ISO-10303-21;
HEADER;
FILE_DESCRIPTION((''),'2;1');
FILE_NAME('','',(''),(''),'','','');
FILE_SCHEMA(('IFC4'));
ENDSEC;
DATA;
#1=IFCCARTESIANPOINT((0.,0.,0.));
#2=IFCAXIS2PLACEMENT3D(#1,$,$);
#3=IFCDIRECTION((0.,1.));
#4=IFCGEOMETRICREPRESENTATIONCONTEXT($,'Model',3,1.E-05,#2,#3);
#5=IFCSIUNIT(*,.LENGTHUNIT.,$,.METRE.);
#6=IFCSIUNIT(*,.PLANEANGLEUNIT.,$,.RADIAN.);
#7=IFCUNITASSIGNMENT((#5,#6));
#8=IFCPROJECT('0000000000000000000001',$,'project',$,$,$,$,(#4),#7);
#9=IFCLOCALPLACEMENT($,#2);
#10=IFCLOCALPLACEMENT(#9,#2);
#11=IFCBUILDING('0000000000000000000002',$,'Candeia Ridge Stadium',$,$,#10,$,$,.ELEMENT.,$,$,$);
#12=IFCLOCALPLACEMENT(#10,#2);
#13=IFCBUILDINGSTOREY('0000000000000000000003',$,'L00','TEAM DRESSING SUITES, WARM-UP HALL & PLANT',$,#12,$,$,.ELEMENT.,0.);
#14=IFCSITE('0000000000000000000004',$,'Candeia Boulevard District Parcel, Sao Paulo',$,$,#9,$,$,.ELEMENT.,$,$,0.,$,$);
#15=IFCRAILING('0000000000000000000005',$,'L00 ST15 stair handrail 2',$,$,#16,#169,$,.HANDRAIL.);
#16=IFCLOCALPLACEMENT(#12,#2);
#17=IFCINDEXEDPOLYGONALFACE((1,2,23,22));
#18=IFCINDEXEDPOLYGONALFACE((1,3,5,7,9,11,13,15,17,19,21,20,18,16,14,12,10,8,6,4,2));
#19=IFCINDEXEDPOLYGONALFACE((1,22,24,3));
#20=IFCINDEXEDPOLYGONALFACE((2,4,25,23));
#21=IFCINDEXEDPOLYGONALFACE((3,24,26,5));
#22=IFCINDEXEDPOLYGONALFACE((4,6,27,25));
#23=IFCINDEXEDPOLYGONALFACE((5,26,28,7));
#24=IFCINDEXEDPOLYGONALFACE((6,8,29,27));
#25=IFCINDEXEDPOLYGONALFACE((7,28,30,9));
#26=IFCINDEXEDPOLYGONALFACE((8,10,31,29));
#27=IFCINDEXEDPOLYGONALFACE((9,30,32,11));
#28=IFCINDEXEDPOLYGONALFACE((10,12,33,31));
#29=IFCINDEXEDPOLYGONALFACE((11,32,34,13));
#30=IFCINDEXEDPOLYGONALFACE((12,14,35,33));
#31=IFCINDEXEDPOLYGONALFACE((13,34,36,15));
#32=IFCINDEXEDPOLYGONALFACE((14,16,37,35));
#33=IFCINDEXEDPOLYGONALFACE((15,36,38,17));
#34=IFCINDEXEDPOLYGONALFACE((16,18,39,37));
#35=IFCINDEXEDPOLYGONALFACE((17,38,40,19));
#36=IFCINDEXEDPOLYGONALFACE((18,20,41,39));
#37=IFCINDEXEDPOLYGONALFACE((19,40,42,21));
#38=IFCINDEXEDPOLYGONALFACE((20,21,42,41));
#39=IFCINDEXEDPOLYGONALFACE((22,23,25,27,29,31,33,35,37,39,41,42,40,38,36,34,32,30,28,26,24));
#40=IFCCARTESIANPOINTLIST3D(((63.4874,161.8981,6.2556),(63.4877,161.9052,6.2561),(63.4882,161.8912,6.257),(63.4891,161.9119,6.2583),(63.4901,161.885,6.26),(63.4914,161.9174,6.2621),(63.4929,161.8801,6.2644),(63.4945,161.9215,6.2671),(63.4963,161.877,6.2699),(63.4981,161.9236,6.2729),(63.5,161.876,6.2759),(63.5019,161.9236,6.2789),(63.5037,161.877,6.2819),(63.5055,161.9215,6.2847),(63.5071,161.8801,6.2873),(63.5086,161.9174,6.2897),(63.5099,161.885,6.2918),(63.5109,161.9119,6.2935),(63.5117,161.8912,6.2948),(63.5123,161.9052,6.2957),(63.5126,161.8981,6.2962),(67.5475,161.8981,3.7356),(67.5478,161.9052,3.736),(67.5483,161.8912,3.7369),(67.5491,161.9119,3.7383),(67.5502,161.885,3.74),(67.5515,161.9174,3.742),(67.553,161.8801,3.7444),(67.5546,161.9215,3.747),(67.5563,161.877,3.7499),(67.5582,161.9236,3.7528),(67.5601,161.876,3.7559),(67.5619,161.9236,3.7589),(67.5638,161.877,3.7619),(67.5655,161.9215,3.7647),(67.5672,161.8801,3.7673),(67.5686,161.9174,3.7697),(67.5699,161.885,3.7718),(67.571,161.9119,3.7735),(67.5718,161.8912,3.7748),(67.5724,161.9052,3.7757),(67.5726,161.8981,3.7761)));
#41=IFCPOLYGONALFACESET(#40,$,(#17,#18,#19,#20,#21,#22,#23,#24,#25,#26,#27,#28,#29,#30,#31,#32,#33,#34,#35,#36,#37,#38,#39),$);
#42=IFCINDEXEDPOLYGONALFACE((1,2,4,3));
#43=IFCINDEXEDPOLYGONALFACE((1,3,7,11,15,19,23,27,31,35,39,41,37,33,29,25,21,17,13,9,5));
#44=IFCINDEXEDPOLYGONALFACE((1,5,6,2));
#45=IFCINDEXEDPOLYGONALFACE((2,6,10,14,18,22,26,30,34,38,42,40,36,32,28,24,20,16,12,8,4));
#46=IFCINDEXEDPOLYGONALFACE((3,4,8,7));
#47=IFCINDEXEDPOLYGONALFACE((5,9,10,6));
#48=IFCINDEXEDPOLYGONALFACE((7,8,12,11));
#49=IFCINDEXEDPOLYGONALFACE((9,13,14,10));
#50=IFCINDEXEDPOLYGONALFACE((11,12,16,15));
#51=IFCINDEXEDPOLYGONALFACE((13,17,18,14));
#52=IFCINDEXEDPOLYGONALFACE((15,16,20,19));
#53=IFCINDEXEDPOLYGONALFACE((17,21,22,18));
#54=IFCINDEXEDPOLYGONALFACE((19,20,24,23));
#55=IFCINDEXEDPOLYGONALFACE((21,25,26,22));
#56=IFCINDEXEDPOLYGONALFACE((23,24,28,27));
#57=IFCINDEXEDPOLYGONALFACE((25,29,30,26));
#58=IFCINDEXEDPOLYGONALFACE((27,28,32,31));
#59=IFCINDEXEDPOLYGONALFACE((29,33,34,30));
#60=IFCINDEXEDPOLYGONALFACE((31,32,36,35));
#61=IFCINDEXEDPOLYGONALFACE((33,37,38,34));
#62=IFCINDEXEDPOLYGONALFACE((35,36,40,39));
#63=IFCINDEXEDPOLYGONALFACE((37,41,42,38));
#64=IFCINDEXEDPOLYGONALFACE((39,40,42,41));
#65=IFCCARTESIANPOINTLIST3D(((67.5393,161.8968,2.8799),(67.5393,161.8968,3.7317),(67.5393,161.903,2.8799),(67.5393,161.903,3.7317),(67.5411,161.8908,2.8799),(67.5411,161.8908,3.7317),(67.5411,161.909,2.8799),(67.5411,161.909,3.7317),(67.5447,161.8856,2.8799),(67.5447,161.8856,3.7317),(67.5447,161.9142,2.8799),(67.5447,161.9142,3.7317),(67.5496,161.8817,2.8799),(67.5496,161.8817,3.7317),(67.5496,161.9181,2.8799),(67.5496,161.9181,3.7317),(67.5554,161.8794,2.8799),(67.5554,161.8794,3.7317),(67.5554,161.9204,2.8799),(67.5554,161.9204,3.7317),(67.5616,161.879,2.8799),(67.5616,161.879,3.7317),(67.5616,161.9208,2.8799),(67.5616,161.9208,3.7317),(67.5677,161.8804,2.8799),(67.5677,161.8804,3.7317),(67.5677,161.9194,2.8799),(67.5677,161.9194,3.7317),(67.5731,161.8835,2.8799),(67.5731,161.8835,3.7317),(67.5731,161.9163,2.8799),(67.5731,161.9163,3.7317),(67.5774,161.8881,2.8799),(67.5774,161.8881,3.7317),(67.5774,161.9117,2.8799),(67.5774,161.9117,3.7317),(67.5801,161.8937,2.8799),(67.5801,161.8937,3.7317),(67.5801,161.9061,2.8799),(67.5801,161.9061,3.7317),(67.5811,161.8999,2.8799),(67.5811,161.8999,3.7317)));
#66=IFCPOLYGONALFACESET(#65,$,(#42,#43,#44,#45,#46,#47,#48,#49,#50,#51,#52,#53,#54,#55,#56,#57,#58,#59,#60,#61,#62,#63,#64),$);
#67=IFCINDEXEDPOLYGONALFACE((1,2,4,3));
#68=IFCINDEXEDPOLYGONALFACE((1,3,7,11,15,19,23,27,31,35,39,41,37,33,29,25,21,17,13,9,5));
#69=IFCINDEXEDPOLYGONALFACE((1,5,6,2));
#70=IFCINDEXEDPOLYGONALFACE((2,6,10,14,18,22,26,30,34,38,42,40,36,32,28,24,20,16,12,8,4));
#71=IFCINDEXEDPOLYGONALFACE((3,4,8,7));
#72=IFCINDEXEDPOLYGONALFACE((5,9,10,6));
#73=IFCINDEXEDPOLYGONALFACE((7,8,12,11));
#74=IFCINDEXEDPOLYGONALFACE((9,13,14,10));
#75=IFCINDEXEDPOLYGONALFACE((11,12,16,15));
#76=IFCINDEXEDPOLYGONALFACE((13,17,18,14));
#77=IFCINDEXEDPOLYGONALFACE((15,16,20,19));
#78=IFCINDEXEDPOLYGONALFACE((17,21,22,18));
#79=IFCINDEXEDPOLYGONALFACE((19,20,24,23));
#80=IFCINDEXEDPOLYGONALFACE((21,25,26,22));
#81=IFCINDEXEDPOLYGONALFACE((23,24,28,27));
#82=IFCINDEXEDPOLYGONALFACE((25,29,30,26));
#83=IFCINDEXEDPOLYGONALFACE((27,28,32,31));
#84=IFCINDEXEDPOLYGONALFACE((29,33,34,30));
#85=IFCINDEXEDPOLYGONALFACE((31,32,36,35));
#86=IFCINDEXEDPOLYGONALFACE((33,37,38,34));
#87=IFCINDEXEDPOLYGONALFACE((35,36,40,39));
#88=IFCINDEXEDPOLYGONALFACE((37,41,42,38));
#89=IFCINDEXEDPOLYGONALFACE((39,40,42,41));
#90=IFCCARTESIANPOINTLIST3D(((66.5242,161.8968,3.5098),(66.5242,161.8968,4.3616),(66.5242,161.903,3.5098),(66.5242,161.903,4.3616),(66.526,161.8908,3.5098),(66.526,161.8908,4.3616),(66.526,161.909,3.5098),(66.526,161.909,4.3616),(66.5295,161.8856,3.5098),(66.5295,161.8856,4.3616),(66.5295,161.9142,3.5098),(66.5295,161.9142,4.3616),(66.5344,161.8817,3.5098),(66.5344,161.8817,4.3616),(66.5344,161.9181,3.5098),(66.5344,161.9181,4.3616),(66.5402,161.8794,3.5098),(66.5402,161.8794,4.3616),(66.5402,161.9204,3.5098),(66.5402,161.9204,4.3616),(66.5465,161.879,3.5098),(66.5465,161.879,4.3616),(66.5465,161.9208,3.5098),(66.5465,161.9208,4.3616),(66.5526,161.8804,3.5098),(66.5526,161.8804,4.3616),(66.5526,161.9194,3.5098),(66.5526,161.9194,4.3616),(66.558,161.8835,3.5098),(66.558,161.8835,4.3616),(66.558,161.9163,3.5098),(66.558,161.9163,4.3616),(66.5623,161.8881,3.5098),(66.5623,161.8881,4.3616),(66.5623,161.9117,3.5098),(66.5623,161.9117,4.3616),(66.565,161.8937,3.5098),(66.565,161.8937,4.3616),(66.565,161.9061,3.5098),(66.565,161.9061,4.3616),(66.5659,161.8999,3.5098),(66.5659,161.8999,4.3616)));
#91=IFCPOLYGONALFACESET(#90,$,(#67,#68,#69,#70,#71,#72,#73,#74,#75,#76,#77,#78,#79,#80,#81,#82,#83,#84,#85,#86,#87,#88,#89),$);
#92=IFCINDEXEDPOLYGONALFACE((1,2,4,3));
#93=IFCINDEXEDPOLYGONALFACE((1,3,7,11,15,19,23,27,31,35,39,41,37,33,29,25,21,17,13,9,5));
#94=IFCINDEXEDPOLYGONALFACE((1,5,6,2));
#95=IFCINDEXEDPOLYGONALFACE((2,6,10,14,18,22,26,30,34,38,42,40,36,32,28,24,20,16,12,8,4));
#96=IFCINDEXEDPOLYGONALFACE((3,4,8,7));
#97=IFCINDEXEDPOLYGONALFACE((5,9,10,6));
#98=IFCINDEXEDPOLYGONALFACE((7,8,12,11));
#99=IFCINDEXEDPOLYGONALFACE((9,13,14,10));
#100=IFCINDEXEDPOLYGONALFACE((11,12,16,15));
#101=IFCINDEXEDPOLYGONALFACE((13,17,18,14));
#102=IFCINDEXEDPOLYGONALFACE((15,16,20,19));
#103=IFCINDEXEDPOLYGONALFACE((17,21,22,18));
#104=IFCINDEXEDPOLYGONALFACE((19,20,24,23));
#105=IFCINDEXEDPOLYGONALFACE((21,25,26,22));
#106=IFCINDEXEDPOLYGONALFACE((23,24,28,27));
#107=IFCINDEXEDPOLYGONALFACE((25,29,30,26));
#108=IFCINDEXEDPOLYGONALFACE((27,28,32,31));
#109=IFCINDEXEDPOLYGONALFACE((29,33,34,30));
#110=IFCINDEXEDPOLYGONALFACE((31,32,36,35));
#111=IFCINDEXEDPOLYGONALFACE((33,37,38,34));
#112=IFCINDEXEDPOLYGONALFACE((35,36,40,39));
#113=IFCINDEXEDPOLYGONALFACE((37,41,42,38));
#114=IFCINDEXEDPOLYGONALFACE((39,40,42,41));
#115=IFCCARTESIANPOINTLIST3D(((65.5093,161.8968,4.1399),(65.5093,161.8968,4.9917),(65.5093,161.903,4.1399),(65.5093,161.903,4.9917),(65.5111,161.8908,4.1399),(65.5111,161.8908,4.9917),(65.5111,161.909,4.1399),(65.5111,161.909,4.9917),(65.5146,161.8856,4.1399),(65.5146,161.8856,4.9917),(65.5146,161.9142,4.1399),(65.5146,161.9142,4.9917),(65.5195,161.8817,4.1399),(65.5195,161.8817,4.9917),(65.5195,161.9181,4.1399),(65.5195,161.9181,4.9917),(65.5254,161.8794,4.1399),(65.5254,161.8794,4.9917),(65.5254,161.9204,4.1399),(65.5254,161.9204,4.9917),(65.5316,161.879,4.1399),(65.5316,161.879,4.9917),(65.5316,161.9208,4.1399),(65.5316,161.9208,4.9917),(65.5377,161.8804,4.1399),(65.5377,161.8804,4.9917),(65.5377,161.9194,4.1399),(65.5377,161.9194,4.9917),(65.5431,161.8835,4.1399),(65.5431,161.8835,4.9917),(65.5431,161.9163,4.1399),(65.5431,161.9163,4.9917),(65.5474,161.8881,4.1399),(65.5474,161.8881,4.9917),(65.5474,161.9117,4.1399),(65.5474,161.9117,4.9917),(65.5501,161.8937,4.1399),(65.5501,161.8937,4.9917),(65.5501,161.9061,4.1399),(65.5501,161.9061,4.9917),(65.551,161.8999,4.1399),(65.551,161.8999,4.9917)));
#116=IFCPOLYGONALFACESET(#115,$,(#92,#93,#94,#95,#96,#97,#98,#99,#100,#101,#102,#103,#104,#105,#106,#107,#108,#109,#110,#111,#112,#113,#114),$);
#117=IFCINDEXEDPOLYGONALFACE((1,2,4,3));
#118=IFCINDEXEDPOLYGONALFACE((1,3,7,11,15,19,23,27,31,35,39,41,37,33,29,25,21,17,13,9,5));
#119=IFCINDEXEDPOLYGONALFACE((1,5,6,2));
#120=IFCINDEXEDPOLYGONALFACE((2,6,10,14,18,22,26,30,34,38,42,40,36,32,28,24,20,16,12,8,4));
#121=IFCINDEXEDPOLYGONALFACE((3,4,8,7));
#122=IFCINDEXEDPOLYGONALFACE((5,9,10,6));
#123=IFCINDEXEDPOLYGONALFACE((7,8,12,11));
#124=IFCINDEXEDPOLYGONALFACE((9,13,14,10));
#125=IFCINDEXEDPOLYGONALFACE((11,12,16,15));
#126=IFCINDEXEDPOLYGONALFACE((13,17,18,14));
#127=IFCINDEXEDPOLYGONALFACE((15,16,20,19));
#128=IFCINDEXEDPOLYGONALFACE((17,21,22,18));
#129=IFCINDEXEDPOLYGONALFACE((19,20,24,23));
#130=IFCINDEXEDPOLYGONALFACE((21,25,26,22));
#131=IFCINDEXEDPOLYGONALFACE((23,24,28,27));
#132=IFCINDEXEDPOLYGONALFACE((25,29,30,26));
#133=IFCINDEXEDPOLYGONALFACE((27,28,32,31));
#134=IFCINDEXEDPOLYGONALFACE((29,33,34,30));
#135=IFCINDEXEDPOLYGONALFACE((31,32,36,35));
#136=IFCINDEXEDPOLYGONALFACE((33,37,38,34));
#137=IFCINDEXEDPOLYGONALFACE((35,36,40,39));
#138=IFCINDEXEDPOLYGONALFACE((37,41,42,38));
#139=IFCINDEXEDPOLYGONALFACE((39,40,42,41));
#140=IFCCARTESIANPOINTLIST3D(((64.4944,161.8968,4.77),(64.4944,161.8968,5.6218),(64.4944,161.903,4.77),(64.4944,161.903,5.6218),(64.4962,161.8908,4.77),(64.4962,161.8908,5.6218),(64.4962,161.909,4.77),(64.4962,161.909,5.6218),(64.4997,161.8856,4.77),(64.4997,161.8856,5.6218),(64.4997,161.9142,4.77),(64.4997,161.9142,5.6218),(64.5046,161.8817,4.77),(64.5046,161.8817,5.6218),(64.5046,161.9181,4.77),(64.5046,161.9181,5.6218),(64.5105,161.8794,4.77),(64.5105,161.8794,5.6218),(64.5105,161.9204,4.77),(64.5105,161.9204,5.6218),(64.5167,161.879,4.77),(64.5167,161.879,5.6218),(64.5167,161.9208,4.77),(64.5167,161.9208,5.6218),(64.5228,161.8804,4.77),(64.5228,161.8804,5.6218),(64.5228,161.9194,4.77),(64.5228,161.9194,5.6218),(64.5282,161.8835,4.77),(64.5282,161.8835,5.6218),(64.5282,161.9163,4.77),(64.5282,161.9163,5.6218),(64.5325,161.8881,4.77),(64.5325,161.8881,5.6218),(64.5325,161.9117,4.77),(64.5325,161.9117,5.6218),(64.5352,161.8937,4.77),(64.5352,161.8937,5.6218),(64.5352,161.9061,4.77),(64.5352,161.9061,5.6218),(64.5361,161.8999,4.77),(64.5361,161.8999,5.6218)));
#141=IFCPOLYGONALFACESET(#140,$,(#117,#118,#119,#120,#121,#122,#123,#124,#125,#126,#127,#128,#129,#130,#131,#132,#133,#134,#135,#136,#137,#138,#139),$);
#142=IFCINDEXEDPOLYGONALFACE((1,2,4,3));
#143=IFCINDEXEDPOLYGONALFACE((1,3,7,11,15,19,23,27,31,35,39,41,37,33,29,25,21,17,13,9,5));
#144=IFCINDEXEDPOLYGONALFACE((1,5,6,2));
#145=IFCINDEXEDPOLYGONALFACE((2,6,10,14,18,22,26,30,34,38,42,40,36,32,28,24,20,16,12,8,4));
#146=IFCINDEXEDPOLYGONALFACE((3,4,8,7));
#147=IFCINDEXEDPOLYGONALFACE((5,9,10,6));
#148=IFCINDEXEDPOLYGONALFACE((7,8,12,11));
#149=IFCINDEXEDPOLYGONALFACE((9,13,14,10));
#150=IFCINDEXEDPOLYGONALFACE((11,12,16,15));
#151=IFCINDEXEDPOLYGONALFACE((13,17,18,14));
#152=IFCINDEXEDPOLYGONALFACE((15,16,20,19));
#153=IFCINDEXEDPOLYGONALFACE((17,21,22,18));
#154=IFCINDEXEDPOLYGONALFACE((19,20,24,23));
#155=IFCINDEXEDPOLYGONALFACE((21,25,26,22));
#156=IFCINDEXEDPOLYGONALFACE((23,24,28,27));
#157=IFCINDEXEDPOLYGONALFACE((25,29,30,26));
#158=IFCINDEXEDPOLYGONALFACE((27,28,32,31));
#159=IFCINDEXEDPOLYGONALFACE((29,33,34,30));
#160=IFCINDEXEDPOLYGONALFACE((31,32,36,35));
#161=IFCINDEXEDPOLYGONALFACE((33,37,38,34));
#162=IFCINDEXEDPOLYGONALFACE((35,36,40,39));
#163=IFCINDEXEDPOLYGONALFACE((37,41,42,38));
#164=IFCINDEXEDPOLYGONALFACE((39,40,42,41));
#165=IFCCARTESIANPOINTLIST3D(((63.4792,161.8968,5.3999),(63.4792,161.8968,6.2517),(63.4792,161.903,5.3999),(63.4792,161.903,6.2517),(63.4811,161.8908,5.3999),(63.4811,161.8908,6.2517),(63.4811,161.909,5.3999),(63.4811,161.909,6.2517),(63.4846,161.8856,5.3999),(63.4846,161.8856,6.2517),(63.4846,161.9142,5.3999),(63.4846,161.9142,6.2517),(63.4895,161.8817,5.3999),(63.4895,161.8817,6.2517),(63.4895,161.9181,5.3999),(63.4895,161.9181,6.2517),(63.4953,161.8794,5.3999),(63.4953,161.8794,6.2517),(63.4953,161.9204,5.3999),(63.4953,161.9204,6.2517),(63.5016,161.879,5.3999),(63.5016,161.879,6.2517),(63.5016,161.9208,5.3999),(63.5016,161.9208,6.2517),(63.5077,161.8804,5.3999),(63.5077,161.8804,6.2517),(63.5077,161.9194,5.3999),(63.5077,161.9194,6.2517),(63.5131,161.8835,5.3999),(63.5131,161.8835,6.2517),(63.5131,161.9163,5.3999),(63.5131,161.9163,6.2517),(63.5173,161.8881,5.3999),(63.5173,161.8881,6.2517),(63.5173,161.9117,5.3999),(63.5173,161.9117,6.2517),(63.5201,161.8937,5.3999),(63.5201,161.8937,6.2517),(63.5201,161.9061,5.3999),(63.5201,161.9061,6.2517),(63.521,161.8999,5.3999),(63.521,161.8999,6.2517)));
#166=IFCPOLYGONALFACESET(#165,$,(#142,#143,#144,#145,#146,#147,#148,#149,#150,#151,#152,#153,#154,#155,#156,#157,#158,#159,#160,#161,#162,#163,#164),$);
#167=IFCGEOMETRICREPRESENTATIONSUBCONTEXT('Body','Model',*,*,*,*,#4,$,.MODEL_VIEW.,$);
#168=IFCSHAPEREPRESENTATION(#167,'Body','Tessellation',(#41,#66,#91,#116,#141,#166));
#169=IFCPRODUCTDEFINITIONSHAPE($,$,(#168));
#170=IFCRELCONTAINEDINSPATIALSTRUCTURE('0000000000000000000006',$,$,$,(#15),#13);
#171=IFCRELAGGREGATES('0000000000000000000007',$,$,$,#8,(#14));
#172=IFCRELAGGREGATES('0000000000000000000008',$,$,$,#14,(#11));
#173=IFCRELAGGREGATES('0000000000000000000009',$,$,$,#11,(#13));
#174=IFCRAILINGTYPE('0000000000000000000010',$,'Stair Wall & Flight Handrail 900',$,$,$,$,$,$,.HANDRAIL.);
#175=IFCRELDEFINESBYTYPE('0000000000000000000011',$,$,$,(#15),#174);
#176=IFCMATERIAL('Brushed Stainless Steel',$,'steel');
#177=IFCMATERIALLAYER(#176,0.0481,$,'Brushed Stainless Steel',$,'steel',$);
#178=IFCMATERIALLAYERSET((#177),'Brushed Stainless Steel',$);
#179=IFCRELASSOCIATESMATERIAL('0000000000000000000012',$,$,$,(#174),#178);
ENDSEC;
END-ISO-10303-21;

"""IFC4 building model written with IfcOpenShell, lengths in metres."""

from ifc_helpers import new_model, si_unit, direction, frame, origin, origin_2d, place, context, subcontext, project, spatial, circle, extrude, material, layer, layer_set, type_object, element, save


model = new_model("IFC4")

# Units and contexts
model_context = context("Model", 3, precision=1e-05, world=origin(), true_north=direction((0.0, 1.0)))
body_context = subcontext(model_context, "Body", "Model", "MODEL_VIEW")
ifc_project = project(units=[si_unit("LENGTHUNIT", "METRE"), si_unit("PLANEANGLEUNIT", "RADIAN")], contexts=[model_context])

# Site, building, storey
site_placement = place(None, origin())
site = spatial("IfcSite", under=ifc_project, at=site_placement, Name="Candeia Boulevard District Parcel, Sao Paulo", CompositionType="ELEMENT", RefElevation=0.0)
building_placement = place(site_placement, origin())
building = spatial("IfcBuilding", under=site, at=building_placement, Name="Candeia Ridge Stadium", CompositionType="ELEMENT")
storey_placement = place(building_placement, origin())
storey = spatial("IfcBuildingStorey", under=building, at=storey_placement, Name="L00", Description="TEAM DRESSING SUITES, WARM-UP HALL & PLANT", CompositionType="ELEMENT", Elevation=0.0)

# Railing
ifc_material_1 = material(Name="Brushed Stainless Steel", Category="steel")
ifc_layer_1 = layer(ifc_material_1, 0.0481, Name="Brushed Stainless Steel", Category="steel")
ifc_layer_set_1 = layer_set([ifc_layer_1], Name="Brushed Stainless Steel")
railing_type_1 = type_object("IfcRailingType", Name="Stair Wall & Flight Handrail 900", PredefinedType="HANDRAIL", material=ifc_layer_set_1)
railing_1_placement = place(storey_placement, frame((67.5601, 161.8999, 2.8799)))
element("IfcRailing", 1, at=railing_1_placement, inside=storey, type_object=railing_type_1, Name="L00 ST15 stair handrail 2", PredefinedType="HANDRAIL", context=body_context, shape_type="SweptSolid", body=[
    extrude(circle(Radius=0.0239, at=origin_2d()), frame((0.0, 0.0, 0.876), z_axis=(-0.849642, 0.0, 0.52736), x_axis=(0.0, -1.0, 0.0)), (0.0, 0.0, 1.0), 4.7786),
    extrude(circle(Radius=0.021, at=origin_2d()), origin(), (0.0, 0.0, 1.0), 0.8518),
    extrude(circle(Radius=0.021, at=origin_2d()), frame((-1.0151, 0.0, 0.6299)), (0.0, 0.0, 1.0), 0.8518),
    extrude(circle(Radius=0.021, at=origin_2d()), frame((-2.03, 0.0, 1.26)), (0.0, 0.0, 1.0), 0.8518),
    extrude(circle(Radius=0.021, at=origin_2d()), frame((-3.0449, 0.0, 1.8901)), (0.0, 0.0, 1.0), 0.8518),
    extrude(circle(Radius=0.021, at=origin_2d()), frame((-4.0601, 0.0, 2.52)), (0.0, 0.0, 1.0), 0.8518),
])

save(model, "model.ifc")
